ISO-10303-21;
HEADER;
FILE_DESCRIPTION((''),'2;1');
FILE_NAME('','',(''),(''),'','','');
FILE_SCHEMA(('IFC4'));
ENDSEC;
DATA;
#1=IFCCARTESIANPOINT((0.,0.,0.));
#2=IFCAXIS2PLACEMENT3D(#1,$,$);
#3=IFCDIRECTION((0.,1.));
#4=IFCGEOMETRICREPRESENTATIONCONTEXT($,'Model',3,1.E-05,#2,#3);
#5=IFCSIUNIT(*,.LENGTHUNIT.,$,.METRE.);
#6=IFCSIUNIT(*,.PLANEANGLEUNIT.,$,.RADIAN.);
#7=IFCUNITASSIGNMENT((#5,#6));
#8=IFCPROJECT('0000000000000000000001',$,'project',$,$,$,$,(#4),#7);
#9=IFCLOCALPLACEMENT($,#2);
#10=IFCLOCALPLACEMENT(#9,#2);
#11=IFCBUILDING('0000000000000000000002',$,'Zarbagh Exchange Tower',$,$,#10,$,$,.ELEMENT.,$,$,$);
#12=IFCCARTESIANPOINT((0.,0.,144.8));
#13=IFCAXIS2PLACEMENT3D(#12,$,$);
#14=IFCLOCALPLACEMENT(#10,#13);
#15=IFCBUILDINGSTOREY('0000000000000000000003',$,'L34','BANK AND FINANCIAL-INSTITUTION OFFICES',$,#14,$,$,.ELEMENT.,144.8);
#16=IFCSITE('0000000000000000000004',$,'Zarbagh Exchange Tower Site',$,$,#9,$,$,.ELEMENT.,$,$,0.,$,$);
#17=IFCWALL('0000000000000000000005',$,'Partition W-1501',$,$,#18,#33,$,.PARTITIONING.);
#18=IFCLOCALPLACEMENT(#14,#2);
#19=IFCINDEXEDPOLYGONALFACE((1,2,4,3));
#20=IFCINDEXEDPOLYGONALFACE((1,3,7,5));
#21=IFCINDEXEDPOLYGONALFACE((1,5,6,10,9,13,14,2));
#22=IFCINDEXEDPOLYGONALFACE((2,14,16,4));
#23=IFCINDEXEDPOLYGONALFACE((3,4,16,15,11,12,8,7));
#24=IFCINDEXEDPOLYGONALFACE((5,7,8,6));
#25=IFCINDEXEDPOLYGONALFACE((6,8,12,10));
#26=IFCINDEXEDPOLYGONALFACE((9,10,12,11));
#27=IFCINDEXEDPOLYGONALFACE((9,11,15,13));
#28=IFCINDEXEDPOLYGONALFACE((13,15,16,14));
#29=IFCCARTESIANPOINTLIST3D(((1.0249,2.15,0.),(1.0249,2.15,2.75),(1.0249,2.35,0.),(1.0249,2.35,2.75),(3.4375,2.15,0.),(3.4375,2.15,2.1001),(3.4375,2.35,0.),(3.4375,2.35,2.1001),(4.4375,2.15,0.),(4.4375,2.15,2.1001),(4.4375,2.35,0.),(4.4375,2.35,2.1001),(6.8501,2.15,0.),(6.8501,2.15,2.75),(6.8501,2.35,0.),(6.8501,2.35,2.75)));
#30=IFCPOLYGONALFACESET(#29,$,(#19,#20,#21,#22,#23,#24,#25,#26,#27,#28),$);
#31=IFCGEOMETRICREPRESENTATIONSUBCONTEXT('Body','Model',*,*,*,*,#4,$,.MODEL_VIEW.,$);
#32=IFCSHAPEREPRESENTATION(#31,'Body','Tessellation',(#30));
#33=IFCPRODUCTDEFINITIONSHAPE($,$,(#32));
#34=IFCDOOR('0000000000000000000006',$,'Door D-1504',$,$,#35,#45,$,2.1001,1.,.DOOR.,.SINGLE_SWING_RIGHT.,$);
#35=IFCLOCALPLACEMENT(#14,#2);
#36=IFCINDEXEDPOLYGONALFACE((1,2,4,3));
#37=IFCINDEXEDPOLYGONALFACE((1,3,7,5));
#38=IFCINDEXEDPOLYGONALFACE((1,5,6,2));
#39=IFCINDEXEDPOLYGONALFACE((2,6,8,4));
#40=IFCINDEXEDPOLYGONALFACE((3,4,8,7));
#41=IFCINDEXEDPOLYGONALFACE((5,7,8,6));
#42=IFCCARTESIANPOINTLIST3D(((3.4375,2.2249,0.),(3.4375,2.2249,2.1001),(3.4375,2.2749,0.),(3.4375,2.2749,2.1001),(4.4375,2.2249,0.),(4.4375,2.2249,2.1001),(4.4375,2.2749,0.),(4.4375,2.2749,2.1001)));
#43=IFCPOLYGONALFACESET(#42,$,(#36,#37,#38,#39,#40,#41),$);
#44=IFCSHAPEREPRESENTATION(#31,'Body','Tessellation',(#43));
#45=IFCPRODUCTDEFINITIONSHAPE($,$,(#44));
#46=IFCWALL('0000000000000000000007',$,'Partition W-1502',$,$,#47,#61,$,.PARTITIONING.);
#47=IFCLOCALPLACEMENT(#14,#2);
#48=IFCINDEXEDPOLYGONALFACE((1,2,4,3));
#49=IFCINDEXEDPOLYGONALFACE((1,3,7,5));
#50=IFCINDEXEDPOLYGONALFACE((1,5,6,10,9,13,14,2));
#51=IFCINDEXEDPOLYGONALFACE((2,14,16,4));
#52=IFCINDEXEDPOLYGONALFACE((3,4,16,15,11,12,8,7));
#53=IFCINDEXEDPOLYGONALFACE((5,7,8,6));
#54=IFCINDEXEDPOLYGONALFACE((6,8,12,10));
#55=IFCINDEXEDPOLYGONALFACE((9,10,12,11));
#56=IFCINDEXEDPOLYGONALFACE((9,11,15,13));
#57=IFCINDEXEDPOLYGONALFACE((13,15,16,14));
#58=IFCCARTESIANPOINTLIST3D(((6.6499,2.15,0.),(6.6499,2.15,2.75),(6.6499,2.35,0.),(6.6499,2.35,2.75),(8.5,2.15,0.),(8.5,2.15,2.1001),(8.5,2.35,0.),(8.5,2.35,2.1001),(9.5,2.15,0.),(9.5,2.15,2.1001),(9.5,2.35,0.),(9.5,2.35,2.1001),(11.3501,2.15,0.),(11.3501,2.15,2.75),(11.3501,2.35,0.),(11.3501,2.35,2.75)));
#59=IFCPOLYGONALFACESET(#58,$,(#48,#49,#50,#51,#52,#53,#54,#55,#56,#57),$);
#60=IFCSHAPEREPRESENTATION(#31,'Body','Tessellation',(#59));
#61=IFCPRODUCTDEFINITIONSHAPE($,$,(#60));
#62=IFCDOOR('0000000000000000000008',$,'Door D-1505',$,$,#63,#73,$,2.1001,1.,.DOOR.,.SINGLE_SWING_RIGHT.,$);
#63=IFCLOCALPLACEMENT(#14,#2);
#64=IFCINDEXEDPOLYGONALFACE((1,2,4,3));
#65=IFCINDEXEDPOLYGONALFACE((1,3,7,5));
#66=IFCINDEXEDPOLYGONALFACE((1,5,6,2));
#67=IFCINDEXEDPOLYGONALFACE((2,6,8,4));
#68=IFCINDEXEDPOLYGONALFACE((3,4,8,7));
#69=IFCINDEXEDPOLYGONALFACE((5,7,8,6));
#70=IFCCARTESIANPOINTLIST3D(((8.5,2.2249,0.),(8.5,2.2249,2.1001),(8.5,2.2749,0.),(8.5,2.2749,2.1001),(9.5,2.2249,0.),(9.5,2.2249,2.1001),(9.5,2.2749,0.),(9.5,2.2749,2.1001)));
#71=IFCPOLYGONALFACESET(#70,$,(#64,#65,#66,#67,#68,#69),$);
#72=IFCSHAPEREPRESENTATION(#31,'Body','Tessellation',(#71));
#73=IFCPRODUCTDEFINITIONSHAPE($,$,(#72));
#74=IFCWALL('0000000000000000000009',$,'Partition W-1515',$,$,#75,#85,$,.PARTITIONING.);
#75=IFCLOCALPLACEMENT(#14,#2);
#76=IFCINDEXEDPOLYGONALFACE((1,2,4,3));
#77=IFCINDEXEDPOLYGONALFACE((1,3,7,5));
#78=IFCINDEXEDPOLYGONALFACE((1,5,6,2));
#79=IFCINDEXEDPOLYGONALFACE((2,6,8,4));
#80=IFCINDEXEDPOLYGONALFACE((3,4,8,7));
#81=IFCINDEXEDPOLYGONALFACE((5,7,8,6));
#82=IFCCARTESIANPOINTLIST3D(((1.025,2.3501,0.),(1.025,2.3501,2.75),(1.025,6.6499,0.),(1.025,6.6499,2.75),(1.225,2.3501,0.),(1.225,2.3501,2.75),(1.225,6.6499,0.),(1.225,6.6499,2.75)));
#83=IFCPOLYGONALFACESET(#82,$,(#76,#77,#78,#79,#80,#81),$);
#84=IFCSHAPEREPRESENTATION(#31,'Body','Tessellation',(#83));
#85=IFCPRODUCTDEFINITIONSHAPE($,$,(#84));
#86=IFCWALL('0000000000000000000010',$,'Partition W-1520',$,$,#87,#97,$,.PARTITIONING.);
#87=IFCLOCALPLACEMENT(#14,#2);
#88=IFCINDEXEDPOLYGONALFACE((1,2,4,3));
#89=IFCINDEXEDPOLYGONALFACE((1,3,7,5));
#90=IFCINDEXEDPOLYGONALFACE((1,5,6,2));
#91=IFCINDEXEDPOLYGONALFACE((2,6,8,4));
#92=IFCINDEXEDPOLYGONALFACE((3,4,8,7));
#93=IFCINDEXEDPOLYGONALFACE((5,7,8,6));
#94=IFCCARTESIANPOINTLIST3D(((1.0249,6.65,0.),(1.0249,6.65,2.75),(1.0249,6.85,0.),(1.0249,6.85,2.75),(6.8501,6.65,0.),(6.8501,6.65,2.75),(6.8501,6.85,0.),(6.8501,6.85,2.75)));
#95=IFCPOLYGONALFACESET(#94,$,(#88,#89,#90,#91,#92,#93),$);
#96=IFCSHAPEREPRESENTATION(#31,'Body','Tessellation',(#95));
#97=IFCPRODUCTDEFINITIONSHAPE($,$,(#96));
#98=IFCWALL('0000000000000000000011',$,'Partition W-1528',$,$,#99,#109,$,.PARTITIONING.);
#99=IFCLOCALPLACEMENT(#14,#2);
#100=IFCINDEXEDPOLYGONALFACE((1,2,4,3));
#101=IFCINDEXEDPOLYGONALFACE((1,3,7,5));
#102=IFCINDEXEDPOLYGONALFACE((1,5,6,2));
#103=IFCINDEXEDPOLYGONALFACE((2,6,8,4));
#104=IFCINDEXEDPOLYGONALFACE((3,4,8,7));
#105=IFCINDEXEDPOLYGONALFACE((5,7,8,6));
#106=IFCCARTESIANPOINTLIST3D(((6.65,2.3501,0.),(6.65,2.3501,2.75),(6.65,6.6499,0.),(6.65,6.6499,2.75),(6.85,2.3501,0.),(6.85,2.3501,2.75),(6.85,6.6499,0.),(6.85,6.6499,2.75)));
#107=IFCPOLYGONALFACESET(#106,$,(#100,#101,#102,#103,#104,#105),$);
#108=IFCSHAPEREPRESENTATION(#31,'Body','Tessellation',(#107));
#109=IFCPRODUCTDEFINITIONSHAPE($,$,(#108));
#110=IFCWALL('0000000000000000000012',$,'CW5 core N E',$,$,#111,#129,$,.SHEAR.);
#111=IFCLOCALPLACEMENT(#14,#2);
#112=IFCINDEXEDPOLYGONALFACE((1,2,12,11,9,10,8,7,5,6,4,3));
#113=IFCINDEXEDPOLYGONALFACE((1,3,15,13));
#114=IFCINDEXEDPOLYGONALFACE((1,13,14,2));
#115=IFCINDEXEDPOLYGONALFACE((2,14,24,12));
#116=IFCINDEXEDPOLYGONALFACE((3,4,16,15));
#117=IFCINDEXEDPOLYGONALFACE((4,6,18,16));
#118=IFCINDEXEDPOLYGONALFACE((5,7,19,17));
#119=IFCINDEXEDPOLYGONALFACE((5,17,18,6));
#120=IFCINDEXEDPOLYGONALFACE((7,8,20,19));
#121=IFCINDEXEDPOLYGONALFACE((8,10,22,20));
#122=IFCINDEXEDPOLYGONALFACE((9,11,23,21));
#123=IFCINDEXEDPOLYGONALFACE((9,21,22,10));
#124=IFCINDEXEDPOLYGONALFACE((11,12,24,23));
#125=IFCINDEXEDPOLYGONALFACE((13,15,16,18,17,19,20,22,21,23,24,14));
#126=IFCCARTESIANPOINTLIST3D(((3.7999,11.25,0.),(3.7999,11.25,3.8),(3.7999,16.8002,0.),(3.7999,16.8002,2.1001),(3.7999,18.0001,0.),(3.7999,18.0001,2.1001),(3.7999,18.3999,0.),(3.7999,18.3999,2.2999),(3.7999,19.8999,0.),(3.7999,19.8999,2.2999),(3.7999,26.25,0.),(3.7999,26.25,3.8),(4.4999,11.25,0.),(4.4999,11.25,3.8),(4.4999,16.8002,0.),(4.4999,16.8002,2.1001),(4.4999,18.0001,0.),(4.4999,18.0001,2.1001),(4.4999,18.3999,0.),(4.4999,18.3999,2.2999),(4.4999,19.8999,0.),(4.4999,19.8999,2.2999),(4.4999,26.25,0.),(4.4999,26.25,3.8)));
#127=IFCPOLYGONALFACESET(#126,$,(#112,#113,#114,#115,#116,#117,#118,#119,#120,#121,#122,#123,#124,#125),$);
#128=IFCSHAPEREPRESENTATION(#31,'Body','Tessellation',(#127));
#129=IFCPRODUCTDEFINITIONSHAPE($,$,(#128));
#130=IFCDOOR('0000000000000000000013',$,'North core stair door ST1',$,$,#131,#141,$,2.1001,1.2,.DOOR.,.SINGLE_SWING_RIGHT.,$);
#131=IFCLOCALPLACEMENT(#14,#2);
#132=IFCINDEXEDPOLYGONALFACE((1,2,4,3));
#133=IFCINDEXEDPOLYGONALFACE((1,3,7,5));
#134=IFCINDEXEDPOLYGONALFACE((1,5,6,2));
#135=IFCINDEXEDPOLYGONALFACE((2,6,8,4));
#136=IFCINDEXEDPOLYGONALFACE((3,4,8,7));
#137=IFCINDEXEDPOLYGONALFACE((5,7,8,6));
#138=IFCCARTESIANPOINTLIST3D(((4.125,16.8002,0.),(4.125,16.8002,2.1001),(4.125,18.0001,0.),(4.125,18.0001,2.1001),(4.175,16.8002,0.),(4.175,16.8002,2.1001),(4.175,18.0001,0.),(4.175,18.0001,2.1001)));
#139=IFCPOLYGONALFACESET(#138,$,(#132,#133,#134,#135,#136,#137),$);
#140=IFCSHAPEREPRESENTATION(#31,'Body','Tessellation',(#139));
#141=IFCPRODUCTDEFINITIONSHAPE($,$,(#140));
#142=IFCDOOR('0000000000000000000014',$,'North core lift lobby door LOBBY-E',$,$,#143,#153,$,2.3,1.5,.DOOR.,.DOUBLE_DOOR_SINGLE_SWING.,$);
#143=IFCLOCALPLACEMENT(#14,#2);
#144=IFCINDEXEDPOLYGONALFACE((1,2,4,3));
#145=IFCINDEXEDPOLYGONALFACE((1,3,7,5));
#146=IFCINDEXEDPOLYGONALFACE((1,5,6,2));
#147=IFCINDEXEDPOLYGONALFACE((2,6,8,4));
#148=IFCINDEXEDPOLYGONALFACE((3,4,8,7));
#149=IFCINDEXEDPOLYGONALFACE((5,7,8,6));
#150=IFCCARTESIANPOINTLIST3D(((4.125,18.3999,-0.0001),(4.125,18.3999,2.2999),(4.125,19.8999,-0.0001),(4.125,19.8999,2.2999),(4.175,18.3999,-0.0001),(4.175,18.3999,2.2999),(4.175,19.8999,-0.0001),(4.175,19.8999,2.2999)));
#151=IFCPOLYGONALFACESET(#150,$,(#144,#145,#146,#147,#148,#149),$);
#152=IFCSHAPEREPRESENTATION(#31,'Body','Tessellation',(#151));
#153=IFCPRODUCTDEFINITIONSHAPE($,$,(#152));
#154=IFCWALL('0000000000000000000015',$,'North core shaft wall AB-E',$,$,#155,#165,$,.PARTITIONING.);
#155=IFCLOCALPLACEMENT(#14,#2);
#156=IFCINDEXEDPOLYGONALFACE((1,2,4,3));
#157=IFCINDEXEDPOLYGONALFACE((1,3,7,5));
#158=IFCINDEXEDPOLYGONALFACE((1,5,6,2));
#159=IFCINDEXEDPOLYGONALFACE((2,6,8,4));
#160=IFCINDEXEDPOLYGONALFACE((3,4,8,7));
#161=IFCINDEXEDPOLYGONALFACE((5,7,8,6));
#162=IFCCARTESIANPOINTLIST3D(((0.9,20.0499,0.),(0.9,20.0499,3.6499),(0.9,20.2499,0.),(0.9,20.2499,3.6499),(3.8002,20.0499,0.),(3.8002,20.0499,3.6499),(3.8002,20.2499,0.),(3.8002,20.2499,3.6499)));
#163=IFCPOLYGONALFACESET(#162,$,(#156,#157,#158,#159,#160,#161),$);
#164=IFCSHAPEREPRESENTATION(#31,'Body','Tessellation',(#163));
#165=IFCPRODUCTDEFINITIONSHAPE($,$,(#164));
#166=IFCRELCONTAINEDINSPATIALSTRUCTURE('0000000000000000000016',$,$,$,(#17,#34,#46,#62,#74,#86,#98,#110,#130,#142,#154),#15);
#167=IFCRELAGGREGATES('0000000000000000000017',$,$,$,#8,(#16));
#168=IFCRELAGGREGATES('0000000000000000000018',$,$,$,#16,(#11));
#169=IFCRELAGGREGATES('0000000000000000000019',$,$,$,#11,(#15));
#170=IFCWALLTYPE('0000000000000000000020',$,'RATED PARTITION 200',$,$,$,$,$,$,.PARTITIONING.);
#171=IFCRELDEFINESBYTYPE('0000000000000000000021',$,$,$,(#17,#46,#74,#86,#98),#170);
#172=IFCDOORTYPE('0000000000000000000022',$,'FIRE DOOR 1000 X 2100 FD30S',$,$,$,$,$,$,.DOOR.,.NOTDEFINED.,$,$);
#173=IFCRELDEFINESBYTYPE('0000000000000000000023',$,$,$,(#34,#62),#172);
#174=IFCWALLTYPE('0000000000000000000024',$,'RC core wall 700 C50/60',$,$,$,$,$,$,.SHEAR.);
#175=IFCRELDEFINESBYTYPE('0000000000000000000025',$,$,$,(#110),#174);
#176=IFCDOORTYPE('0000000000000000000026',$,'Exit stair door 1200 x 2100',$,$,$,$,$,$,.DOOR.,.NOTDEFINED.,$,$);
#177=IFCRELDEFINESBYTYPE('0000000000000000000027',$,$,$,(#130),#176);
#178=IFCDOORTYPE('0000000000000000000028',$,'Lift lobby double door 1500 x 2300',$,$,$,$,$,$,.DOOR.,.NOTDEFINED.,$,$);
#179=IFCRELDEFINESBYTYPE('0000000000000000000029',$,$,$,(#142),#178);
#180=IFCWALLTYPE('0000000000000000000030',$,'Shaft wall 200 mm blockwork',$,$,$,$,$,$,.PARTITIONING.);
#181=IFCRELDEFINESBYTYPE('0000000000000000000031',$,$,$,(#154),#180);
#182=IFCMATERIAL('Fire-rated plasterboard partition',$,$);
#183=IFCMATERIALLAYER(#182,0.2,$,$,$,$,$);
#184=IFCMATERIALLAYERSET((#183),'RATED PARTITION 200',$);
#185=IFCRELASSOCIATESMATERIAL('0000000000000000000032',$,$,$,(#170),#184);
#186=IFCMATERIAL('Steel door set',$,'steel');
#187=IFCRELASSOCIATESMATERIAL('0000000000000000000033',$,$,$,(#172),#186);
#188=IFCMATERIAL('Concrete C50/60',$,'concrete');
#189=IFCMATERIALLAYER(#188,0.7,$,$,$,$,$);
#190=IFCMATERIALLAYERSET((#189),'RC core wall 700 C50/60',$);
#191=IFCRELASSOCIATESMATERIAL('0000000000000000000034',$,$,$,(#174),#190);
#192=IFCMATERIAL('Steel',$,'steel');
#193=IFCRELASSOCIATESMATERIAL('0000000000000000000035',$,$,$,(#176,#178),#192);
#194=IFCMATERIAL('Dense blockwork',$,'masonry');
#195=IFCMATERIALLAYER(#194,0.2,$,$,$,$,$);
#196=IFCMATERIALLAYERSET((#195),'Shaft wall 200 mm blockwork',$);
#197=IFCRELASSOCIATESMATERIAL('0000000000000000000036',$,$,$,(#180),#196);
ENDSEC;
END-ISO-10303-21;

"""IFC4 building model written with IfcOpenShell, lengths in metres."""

from ifc_helpers import new_model, si_unit, direction, frame, frame_2d, origin, place, context, subcontext, project, spatial, rectangle, extrude, material, layer, layer_set, type_object, element, fill, save


model = new_model("IFC4")

# Units and contexts
model_context = context("Model", 3, precision=1e-05, world=origin(), true_north=direction((0.0, 1.0)))
body_context = subcontext(model_context, "Body", "Model", "MODEL_VIEW")
ifc_project = project(units=[si_unit("LENGTHUNIT", "METRE"), si_unit("PLANEANGLEUNIT", "RADIAN")], contexts=[model_context])

# Site, building, storey
site_placement = place(None, origin())
site = spatial("IfcSite", under=ifc_project, at=site_placement, Name="Zarbagh Exchange Tower Site", CompositionType="ELEMENT", RefElevation=0.0)
building_placement = place(site_placement, origin())
building = spatial("IfcBuilding", under=site, at=building_placement, Name="Zarbagh Exchange Tower", CompositionType="ELEMENT")
storey_placement = place(building_placement, frame((0.0, 0.0, 144.8)))
storey = spatial("IfcBuildingStorey", under=building, at=storey_placement, Name="L34", Description="BANK AND FINANCIAL-INSTITUTION OFFICES", CompositionType="ELEMENT", Elevation=144.8)

# Shared definitions
ifc_material_1 = material(Name="Concrete C50/60", Category="concrete")

# Shared definitions
ifc_material_2 = material(Name="Dense blockwork", Category="masonry")

# Walls, openings, doors
ifc_material_3 = material(Name="Fire-rated plasterboard partition")
ifc_layer_1 = layer(ifc_material_3, 0.2)
ifc_layer_set_1 = layer_set([ifc_layer_1], Name="RATED PARTITION 200")
wall_type_1 = type_object("IfcWallType", Name="RATED PARTITION 200", PredefinedType="PARTITIONING", material=ifc_layer_set_1)
wall_1_placement = place(storey_placement, frame((1.0249, 2.25, 0.0), z_axis=(0.0, 0.0, 1.0), x_axis=(1.0, 0.0, 0.0)))
wall_1 = element("IfcWall", 1, at=wall_1_placement, inside=storey, type_object=wall_type_1, Name="Partition W-1501", PredefinedType="PARTITIONING", context=body_context, shape_type="SweptSolid", body=[
    extrude(rectangle(XDim=5.8252, YDim=0.2, at=frame_2d((2.9126, 0.0))), origin(), (0.0, 0.0, 1.0), 2.75),
])
opening_1_placement = place(wall_1_placement, frame((2.4126, 0.0, 0.0)))
opening_1 = element("IfcOpeningElement", 2, at=opening_1_placement, cuts=wall_1, PredefinedType="OPENING", context=body_context, shape_type="SweptSolid", body=[
    extrude(rectangle(XDim=1.0, YDim=2.1001, at=frame_2d((0.5, 1.05))), frame((0.0, 0.1099, 0.0), z_axis=(0.0, -1.0, 0.0), x_axis=(1.0, 0.0, 0.0)), (0.0, 0.0, 1.0), 0.22),
])
ifc_material_4 = material(Name="Steel door set", Category="steel")
door_type_1 = type_object("IfcDoorType", Name="FIRE DOOR 1000 X 2100 FD30S", OperationType="NOTDEFINED", PredefinedType="DOOR", material=ifc_material_4)
door_1_placement = place(opening_1_placement, origin())
door_1 = element("IfcDoor", 3, at=door_1_placement, inside=storey, type_object=door_type_1, Name="Door D-1504", OperationType="SINGLE_SWING_RIGHT", OverallHeight=2.1001, OverallWidth=1.0, PredefinedType="DOOR", context=body_context, shape_type="SweptSolid", body=[
    extrude(rectangle(XDim=1.0, YDim=2.1001, at=frame_2d((0.5, 1.05))), frame((0.0, 0.0249, 0.0), z_axis=(0.0, -1.0, 0.0), x_axis=(1.0, 0.0, 0.0)), (0.0, 0.0, 1.0), 0.05),
])
fill(opening_1, door_1)
wall_2_placement = place(storey_placement, frame((6.6499, 2.25, 0.0), z_axis=(0.0, 0.0, 1.0), x_axis=(1.0, 0.0, 0.0)))
wall_2 = element("IfcWall", 4, at=wall_2_placement, inside=storey, type_object=wall_type_1, Name="Partition W-1502", PredefinedType="PARTITIONING", context=body_context, shape_type="SweptSolid", body=[
    extrude(rectangle(XDim=4.7002, YDim=0.2, at=frame_2d((2.3501, 0.0))), origin(), (0.0, 0.0, 1.0), 2.75),
])
opening_2_placement = place(wall_2_placement, frame((1.8501, 0.0, 0.0)))
opening_2 = element("IfcOpeningElement", 5, at=opening_2_placement, cuts=wall_2, PredefinedType="OPENING", context=body_context, shape_type="SweptSolid", body=[
    extrude(rectangle(XDim=1.0, YDim=2.1001, at=frame_2d((0.5, 1.05))), frame((0.0, 0.1099, 0.0), z_axis=(0.0, -1.0, 0.0), x_axis=(1.0, 0.0, 0.0)), (0.0, 0.0, 1.0), 0.22),
])
door_2_placement = place(opening_2_placement, origin())
door_2 = element("IfcDoor", 6, at=door_2_placement, inside=storey, type_object=door_type_1, Name="Door D-1505", OperationType="SINGLE_SWING_RIGHT", OverallHeight=2.1001, OverallWidth=1.0, PredefinedType="DOOR", context=body_context, shape_type="SweptSolid", body=[
    extrude(rectangle(XDim=1.0, YDim=2.1001, at=frame_2d((0.5, 1.05))), frame((0.0, 0.0249, 0.0), z_axis=(0.0, -1.0, 0.0), x_axis=(1.0, 0.0, 0.0)), (0.0, 0.0, 1.0), 0.05),
])
fill(opening_2, door_2)

# Walls
wall_3_placement = place(storey_placement, frame((1.125, 2.3501, 0.0), z_axis=(0.0, 0.0, 1.0), x_axis=(0.0, 1.0, 0.0)))
element("IfcWall", 7, at=wall_3_placement, inside=storey, type_object=wall_type_1, Name="Partition W-1515", PredefinedType="PARTITIONING", context=body_context, shape_type="SweptSolid", body=[
    extrude(rectangle(XDim=4.2998, YDim=0.2, at=frame_2d((2.1499, 0.0))), origin(), (0.0, 0.0, 1.0), 2.75),
])
wall_4_placement = place(storey_placement, frame((1.0249, 6.75, 0.0), z_axis=(0.0, 0.0, 1.0), x_axis=(1.0, 0.0, 0.0)))
element("IfcWall", 8, at=wall_4_placement, inside=storey, type_object=wall_type_1, Name="Partition W-1520", PredefinedType="PARTITIONING", context=body_context, shape_type="SweptSolid", body=[
    extrude(rectangle(XDim=5.8252, YDim=0.2, at=frame_2d((2.9126, 0.0))), origin(), (0.0, 0.0, 1.0), 2.75),
])
wall_5_placement = place(storey_placement, frame((6.75, 2.3501, 0.0), z_axis=(0.0, 0.0, 1.0), x_axis=(0.0, 1.0, 0.0)))
element("IfcWall", 9, at=wall_5_placement, inside=storey, type_object=wall_type_1, Name="Partition W-1528", PredefinedType="PARTITIONING", context=body_context, shape_type="SweptSolid", body=[
    extrude(rectangle(XDim=4.2998, YDim=0.2, at=frame_2d((2.1499, 0.0))), origin(), (0.0, 0.0, 1.0), 2.75),
])

# Wall, openings, doors
ifc_layer_2 = layer(ifc_material_1, 0.7)
ifc_layer_set_2 = layer_set([ifc_layer_2], Name="RC core wall 700 C50/60")
wall_type_2 = type_object("IfcWallType", Name="RC core wall 700 C50/60", PredefinedType="SHEAR", material=ifc_layer_set_2)
wall_6_placement = place(storey_placement, frame((4.1499, 11.25, 0.0), z_axis=(0.0, 0.0, 1.0), x_axis=(0.0, 1.0, 0.0)))
wall_6 = element("IfcWall", 10, at=wall_6_placement, inside=storey, type_object=wall_type_2, Name="CW5 core N E", PredefinedType="SHEAR", context=body_context, shape_type="SweptSolid", body=[
    extrude(rectangle(XDim=15.0, YDim=0.7, at=frame_2d((7.5, 0.0))), origin(), (0.0, 0.0, 1.0), 3.8),
])
opening_3_placement = place(wall_6_placement, frame((7.1499, 0.0, 0.0)))
opening_3 = element("IfcOpeningElement", 11, at=opening_3_placement, cuts=wall_6, PredefinedType="OPENING", context=body_context, shape_type="SweptSolid", body=[
    extrude(rectangle(XDim=1.5, YDim=2.3, at=frame_2d((0.75, 1.1499))), frame((0.0, 0.3599, 0.0), z_axis=(0.0, -1.0, 0.0), x_axis=(1.0, 0.0, 0.0)), (0.0, 0.0, 1.0), 0.72),
])
opening_4_placement = place(wall_6_placement, frame((5.55, 0.0, 0.0)))
opening_4 = element("IfcOpeningElement", 12, at=opening_4_placement, cuts=wall_6, PredefinedType="OPENING", context=body_context, shape_type="SweptSolid", body=[
    extrude(rectangle(XDim=1.2, YDim=2.1001, at=frame_2d((0.6001, 1.05))), frame((0.0, 0.3599, 0.0), z_axis=(0.0, -1.0, 0.0), x_axis=(1.0, 0.0, 0.0)), (0.0, 0.0, 1.0), 0.72),
])
ifc_material_5 = material(Name="Steel", Category="steel")
door_type_2 = type_object("IfcDoorType", Name="Exit stair door 1200 x 2100", OperationType="NOTDEFINED", PredefinedType="DOOR", material=ifc_material_5)
door_3_placement = place(opening_4_placement, origin())
door_3 = element("IfcDoor", 13, at=door_3_placement, inside=storey, type_object=door_type_2, Name="North core stair door ST1", OperationType="SINGLE_SWING_RIGHT", OverallHeight=2.1001, OverallWidth=1.2, PredefinedType="DOOR", context=body_context, shape_type="SweptSolid", body=[
    extrude(rectangle(XDim=1.2, YDim=2.1001, at=frame_2d((0.6001, 1.05))), frame((0.0, 0.0249, 0.0), z_axis=(0.0, -1.0, 0.0), x_axis=(1.0, 0.0, 0.0)), (0.0, 0.0, 1.0), 0.05),
])
fill(opening_4, door_3)
door_type_3 = type_object("IfcDoorType", Name="Lift lobby double door 1500 x 2300", OperationType="NOTDEFINED", PredefinedType="DOOR", material=ifc_material_5)
door_4_placement = place(opening_3_placement, origin())
door_4 = element("IfcDoor", 14, at=door_4_placement, inside=storey, type_object=door_type_3, Name="North core lift lobby door LOBBY-E", OperationType="DOUBLE_DOOR_SINGLE_SWING", OverallHeight=2.3, OverallWidth=1.5, PredefinedType="DOOR", context=body_context, shape_type="SweptSolid", body=[
    extrude(rectangle(XDim=1.5, YDim=2.3, at=frame_2d((0.75, 1.1499))), frame((0.0, 0.0249, 0.0), z_axis=(0.0, -1.0, 0.0), x_axis=(1.0, 0.0, 0.0)), (0.0, 0.0, 1.0), 0.05),
])
fill(opening_3, door_4)

# Wall
ifc_layer_3 = layer(ifc_material_2, 0.2)
ifc_layer_set_3 = layer_set([ifc_layer_3], Name="Shaft wall 200 mm blockwork")
wall_type_3 = type_object("IfcWallType", Name="Shaft wall 200 mm blockwork", PredefinedType="PARTITIONING", material=ifc_layer_set_3)
wall_7_placement = place(storey_placement, frame((0.8999, 20.1499, 0.0), z_axis=(0.0, 0.0, 1.0), x_axis=(1.0, 0.0, 0.0)))
element("IfcWall", 15, at=wall_7_placement, inside=storey, type_object=wall_type_3, Name="North core shaft wall AB-E", PredefinedType="PARTITIONING", context=body_context, shape_type="SweptSolid", body=[
    extrude(rectangle(XDim=2.9001, YDim=0.2, at=frame_2d((1.4502, 0.0))), origin(), (0.0, 0.0, 1.0), 3.6499),
])

save(model, "model.ifc")
